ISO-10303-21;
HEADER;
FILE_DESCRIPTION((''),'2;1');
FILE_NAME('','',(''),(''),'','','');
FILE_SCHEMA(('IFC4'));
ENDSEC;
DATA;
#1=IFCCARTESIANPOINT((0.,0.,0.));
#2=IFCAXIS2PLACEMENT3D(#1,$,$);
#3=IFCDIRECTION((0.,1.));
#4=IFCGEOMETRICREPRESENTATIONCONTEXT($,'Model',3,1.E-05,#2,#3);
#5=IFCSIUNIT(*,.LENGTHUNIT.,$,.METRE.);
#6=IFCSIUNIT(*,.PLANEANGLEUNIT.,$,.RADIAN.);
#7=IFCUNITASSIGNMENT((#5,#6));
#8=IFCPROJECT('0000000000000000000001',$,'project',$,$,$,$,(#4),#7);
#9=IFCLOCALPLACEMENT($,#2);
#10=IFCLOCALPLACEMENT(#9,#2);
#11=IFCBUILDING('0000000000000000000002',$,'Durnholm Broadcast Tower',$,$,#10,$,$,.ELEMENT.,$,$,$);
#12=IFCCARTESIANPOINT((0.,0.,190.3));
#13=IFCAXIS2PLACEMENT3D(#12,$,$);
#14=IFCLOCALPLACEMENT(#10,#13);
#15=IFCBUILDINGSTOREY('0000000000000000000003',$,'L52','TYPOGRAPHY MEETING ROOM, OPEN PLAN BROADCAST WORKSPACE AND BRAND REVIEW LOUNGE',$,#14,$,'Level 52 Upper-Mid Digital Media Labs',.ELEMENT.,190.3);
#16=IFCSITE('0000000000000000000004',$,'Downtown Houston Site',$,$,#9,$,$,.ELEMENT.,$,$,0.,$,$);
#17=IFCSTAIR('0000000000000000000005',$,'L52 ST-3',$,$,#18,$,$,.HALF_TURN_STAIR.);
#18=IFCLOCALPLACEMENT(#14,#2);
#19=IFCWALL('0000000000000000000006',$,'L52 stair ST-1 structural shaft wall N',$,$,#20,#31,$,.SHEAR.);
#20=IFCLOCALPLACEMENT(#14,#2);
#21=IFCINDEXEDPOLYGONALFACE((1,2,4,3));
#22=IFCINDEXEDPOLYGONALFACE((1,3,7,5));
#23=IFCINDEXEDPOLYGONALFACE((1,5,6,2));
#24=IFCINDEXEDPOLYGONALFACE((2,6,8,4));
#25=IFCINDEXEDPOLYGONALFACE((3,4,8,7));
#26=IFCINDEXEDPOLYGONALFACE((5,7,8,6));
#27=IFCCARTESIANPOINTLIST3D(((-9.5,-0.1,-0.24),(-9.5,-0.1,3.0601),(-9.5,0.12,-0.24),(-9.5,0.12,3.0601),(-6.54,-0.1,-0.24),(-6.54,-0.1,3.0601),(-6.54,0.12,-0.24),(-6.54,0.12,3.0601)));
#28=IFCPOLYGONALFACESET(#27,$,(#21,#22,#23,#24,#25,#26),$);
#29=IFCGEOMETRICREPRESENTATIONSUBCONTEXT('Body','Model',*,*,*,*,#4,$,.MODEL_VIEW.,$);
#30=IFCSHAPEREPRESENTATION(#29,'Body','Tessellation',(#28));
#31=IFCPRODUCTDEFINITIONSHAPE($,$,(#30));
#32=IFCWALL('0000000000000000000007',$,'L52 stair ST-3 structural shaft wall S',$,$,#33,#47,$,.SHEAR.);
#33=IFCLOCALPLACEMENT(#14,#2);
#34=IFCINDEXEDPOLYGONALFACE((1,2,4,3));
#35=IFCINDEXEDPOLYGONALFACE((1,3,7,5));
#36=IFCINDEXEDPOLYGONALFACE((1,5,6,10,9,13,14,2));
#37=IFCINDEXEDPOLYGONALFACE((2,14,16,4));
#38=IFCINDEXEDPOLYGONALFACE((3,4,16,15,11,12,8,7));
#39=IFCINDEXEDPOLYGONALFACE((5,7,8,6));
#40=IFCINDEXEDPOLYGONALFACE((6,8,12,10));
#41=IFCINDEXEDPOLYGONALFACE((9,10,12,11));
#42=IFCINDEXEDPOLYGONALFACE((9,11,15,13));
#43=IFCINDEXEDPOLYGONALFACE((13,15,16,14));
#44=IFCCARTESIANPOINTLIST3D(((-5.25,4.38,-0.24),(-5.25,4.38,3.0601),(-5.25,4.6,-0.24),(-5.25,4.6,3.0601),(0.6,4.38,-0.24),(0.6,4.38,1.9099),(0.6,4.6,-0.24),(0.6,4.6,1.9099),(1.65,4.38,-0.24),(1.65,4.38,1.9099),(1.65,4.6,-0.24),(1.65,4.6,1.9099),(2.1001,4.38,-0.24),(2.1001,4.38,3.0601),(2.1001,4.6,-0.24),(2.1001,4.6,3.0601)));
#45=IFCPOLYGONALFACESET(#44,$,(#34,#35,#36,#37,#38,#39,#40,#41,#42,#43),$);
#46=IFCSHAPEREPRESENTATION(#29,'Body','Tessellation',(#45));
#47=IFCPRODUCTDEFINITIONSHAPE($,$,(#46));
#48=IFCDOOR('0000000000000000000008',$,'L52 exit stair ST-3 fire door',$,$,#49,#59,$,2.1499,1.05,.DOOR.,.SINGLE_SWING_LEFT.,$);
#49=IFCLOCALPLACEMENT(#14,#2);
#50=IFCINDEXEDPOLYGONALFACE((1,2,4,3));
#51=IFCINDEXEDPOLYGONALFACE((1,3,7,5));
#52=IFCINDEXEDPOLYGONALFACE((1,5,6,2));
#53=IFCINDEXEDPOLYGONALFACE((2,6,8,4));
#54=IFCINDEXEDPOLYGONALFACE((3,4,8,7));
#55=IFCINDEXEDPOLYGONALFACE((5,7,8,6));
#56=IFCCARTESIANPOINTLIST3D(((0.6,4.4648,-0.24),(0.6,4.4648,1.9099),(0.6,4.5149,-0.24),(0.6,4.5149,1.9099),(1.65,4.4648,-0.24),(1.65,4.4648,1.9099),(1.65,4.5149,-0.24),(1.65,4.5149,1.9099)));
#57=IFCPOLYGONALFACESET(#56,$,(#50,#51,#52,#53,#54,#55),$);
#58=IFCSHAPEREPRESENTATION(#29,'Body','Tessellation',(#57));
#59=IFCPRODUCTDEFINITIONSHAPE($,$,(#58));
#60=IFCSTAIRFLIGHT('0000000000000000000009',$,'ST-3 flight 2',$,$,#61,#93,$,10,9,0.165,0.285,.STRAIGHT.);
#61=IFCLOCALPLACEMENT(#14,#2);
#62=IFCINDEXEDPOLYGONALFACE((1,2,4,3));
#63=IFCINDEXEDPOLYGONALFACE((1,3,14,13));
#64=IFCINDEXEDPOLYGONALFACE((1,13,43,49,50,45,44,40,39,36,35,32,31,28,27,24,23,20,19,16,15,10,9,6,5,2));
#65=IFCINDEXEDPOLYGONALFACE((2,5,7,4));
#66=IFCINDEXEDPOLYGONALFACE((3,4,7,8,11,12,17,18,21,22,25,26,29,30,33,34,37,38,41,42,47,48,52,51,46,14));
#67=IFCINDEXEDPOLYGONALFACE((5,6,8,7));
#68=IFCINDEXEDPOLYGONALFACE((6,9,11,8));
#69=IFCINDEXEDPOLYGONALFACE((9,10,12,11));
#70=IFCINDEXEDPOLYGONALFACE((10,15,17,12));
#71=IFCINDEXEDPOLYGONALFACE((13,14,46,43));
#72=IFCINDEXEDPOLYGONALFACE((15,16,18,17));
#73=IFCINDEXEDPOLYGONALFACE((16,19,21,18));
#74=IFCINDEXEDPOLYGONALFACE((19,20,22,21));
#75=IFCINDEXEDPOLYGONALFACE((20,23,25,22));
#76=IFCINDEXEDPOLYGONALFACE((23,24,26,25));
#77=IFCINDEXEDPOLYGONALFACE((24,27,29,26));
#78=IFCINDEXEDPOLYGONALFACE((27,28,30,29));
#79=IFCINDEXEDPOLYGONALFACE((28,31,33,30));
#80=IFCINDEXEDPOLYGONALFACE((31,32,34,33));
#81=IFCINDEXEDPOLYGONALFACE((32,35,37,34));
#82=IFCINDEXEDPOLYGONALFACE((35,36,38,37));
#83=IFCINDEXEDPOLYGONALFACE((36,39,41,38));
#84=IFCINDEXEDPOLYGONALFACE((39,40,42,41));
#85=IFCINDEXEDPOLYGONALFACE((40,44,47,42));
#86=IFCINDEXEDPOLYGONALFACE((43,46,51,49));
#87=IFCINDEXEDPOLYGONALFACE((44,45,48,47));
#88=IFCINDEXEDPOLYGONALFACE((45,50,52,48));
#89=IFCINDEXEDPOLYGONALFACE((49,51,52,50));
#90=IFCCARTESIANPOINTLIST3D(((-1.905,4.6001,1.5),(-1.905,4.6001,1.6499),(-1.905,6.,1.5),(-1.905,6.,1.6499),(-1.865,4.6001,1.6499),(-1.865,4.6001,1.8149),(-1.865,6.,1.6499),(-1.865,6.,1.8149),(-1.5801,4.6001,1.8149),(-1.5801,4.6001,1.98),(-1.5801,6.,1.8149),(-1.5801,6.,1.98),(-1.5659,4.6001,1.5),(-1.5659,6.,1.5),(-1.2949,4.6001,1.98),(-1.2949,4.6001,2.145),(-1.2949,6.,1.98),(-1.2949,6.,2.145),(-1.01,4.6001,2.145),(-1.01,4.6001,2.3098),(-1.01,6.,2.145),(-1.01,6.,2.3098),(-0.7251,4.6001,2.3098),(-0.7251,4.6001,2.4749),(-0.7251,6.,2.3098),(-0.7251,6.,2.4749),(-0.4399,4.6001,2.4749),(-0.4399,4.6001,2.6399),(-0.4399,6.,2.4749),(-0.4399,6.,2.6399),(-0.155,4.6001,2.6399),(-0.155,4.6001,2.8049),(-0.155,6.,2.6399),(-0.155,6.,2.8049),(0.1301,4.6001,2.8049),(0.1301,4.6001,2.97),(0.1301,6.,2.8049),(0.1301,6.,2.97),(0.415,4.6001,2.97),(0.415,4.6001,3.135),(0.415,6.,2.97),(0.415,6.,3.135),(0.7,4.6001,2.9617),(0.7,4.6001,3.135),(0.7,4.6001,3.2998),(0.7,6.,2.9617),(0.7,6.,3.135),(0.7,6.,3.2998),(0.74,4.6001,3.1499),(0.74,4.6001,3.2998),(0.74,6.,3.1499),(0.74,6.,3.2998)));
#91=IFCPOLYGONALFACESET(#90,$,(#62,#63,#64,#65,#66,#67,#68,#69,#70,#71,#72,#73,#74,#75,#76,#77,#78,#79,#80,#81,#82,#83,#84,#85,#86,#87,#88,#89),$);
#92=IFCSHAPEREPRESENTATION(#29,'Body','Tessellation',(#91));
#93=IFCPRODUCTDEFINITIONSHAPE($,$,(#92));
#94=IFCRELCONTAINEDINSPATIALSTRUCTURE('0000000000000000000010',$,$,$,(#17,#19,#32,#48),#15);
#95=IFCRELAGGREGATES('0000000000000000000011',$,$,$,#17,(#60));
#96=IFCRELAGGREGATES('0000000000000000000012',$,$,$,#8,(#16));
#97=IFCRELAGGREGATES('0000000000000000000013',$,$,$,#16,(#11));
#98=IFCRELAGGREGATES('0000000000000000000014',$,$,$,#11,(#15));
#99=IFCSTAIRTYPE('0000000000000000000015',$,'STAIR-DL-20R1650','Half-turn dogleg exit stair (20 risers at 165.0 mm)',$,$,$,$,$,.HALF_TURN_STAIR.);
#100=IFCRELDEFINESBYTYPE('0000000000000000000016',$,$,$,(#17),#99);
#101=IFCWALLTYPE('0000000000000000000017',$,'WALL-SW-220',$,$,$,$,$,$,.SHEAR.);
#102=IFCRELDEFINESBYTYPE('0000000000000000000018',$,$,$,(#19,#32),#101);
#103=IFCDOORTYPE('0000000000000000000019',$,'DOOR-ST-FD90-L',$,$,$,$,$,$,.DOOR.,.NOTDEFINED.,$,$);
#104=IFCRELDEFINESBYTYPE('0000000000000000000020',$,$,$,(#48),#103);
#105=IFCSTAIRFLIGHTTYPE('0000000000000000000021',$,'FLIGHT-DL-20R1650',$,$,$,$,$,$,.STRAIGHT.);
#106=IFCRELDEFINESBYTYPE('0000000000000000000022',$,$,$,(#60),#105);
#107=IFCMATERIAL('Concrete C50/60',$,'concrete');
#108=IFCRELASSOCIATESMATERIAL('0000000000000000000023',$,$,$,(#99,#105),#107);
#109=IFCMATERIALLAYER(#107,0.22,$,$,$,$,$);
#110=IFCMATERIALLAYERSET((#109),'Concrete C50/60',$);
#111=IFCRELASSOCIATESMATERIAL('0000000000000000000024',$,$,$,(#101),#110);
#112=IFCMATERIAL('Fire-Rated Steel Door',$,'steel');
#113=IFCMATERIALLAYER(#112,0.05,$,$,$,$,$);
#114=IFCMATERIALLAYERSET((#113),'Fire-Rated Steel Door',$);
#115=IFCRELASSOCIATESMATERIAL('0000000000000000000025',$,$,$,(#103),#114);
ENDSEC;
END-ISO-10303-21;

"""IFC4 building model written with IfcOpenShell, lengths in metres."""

from ifc_helpers import new_model, si_unit, direction, frame, frame_2d, origin, place, context, subcontext, project, spatial, polyline, rectangle, outline, extrude, source, transform, mapped, material, layer, layer_set, type_object, type_shapes, element, fill, aggregate, save


model = new_model("IFC4")

# Units and contexts
model_context = context("Model", 3, precision=1e-05, world=origin(), true_north=direction((0.0, 1.0)))
body_context = subcontext(model_context, "Body", "Model", "MODEL_VIEW")
ifc_project = project(units=[si_unit("LENGTHUNIT", "METRE"), si_unit("PLANEANGLEUNIT", "RADIAN")], contexts=[model_context])

# Site, building, storey
site_placement = place(None, origin())
site = spatial("IfcSite", under=ifc_project, at=site_placement, Name="Downtown Houston Site", CompositionType="ELEMENT", RefElevation=0.0)
building_placement = place(site_placement, origin())
building = spatial("IfcBuilding", under=site, at=building_placement, Name="Durnholm Broadcast Tower", CompositionType="ELEMENT")
storey_placement = place(building_placement, frame((0.0, 0.0, 190.3)))
storey = spatial("IfcBuildingStorey", under=building, at=storey_placement, Name="L52", Description="TYPOGRAPHY MEETING ROOM, OPEN PLAN BROADCAST WORKSPACE AND BRAND REVIEW LOUNGE", LongName="Level 52 Upper-Mid Digital Media Labs", CompositionType="ELEMENT", Elevation=190.3)

# Stair
ifc_material_1 = material(Name="Concrete C50/60", Category="concrete")
stair_type = type_object("IfcStairType", Name="STAIR-DL-20R1650", Description="Half-turn dogleg exit stair (20 risers at 165.0 mm)", PredefinedType="HALF_TURN_STAIR", material=ifc_material_1)
stair_1_placement = place(storey_placement, origin())
stair_1 = element("IfcStair", 1, at=stair_1_placement, inside=storey, type_object=stair_type, Name="L52 ST-3", PredefinedType="HALF_TURN_STAIR")

# Wall
ifc_layer_1 = layer(ifc_material_1, 0.22)
ifc_layer_set_1 = layer_set([ifc_layer_1], Name="Concrete C50/60")
wall_type_1 = type_object("IfcWallType", Name="WALL-SW-220", PredefinedType="SHEAR", material=ifc_layer_set_1)
wall_1_placement = place(storey_placement, frame((-6.54, 0.01, -0.24), z_axis=(0.0, 0.0, 1.0), x_axis=(-1.0, 0.0, 0.0)))
element("IfcWall", 2, at=wall_1_placement, inside=storey, type_object=wall_type_1, Name="L52 stair ST-1 structural shaft wall N", PredefinedType="SHEAR", context=body_context, shape_type="SweptSolid", body=[
    extrude(rectangle(XDim=2.96, YDim=0.22, at=frame_2d((1.48, 0.0))), origin(), (0.0, 0.0, 1.0), 3.3),
])

# Wall, opening, door
wall_2_placement = place(storey_placement, frame((-5.25, 4.49, -0.24), z_axis=(0.0, 0.0, 1.0), x_axis=(1.0, 0.0, 0.0)))
wall_2 = element("IfcWall", 3, at=wall_2_placement, inside=storey, type_object=wall_type_1, Name="L52 stair ST-3 structural shaft wall S", PredefinedType="SHEAR", context=body_context, shape_type="SweptSolid", body=[
    extrude(rectangle(XDim=7.3501, YDim=0.22, at=frame_2d((3.675, 0.0))), origin(), (0.0, 0.0, 1.0), 3.3),
])
opening_1_placement = place(wall_2_placement, frame((5.8501, 0.0, 0.0)))
opening_1 = element("IfcOpeningElement", 4, at=opening_1_placement, cuts=wall_2, PredefinedType="OPENING", context=body_context, shape_type="SweptSolid", body=[
    extrude(rectangle(XDim=1.05, YDim=2.1499, at=frame_2d((0.5249, 1.075))), frame((0.0, 0.1201, 0.0), z_axis=(0.0, -1.0, 0.0), x_axis=(1.0, 0.0, 0.0)), (0.0, 0.0, 1.0), 0.24),
])
ifc_material_2 = material(Name="Fire-Rated Steel Door", Category="steel")
ifc_layer_2 = layer(ifc_material_2, 0.05)
ifc_layer_set_2 = layer_set([ifc_layer_2], Name="Fire-Rated Steel Door")
door_type_1 = type_object("IfcDoorType", Name="DOOR-ST-FD90-L", OperationType="NOTDEFINED", PredefinedType="DOOR", material=ifc_layer_set_2)
shared_shape_1 = source(origin(), body_context, "Body", "SweptSolid", [
    extrude(rectangle(XDim=1.05, YDim=2.1499, at=frame_2d((0.5249, 1.075))), frame((0.0, 0.0249, 0.0), z_axis=(0.0, -1.0, 0.0), x_axis=(1.0, 0.0, 0.0)), (0.0, 0.0, 1.0), 0.05),
])
type_shapes(door_type_1, [shared_shape_1])
door_1_placement = place(opening_1_placement, origin())
door_1 = element("IfcDoor", 5, at=door_1_placement, inside=storey, type_object=door_type_1, Name="L52 exit stair ST-3 fire door", OperationType="SINGLE_SWING_LEFT", OverallHeight=2.1499, OverallWidth=1.05, PredefinedType="DOOR", context=body_context, shape_type="MappedRepresentation", body=[
    mapped(shared_shape_1, transform((0.0, 0.0, 0.0), x_axis=(1.0, 0.0, 0.0), y_axis=(0.0, 1.0, 0.0), z_axis=(0.0, 0.0, 1.0), scale=1.0)),
])
fill(opening_1, door_1)

# Stair flight
stair_flight_type = type_object("IfcStairFlightType", Name="FLIGHT-DL-20R1650", PredefinedType="STRAIGHT", material=ifc_material_1)
stair_flight_placement = place(storey_placement, frame((-1.865, 5.3, 1.6499), z_axis=(0.0, 0.0, 1.0), x_axis=(1.0, 0.0, 0.0)))
stair_flight = element("IfcStairFlight", 6, at=stair_flight_placement, type_object=stair_flight_type, Name="ST-3 flight 2", NumberOfRisers=10, NumberOfTreads=9, PredefinedType="STRAIGHT", RiserHeight=0.165, TreadLength=0.285, context=body_context, shape_type="SweptSolid", body=[
    extrude(outline(polyline([(-0.04, -0.1499), (-0.04, 0.0), (0.0, 0.0), (0.0, 0.165), (0.2849, 0.165), (0.2849, 0.3301), (0.5701, 0.3301), (0.5701, 0.4951), (0.855, 0.4951), (0.855, 0.6599), (1.1399, 0.6599), (1.1399, 0.825), (1.425, 0.825), (1.425, 0.99), (1.71, 0.99), (1.71, 1.155), (1.9951, 1.155), (1.9951, 1.3201), (2.28, 1.3201), (2.28, 1.4851), (2.5649, 1.4851), (2.5649, 1.6499), (2.605, 1.6499), (2.605, 1.5), (2.5649, 1.3118), (0.2991, -0.1499), (-0.04, -0.1499)])), frame((0.0, 0.7, 0.0), z_axis=(0.0, -1.0, 0.0), x_axis=(1.0, 0.0, 0.0)), (0.0, 0.0, 1.0), 1.3999),
])
aggregate(stair_1, [stair_flight])

save(model, "model.ifc")
